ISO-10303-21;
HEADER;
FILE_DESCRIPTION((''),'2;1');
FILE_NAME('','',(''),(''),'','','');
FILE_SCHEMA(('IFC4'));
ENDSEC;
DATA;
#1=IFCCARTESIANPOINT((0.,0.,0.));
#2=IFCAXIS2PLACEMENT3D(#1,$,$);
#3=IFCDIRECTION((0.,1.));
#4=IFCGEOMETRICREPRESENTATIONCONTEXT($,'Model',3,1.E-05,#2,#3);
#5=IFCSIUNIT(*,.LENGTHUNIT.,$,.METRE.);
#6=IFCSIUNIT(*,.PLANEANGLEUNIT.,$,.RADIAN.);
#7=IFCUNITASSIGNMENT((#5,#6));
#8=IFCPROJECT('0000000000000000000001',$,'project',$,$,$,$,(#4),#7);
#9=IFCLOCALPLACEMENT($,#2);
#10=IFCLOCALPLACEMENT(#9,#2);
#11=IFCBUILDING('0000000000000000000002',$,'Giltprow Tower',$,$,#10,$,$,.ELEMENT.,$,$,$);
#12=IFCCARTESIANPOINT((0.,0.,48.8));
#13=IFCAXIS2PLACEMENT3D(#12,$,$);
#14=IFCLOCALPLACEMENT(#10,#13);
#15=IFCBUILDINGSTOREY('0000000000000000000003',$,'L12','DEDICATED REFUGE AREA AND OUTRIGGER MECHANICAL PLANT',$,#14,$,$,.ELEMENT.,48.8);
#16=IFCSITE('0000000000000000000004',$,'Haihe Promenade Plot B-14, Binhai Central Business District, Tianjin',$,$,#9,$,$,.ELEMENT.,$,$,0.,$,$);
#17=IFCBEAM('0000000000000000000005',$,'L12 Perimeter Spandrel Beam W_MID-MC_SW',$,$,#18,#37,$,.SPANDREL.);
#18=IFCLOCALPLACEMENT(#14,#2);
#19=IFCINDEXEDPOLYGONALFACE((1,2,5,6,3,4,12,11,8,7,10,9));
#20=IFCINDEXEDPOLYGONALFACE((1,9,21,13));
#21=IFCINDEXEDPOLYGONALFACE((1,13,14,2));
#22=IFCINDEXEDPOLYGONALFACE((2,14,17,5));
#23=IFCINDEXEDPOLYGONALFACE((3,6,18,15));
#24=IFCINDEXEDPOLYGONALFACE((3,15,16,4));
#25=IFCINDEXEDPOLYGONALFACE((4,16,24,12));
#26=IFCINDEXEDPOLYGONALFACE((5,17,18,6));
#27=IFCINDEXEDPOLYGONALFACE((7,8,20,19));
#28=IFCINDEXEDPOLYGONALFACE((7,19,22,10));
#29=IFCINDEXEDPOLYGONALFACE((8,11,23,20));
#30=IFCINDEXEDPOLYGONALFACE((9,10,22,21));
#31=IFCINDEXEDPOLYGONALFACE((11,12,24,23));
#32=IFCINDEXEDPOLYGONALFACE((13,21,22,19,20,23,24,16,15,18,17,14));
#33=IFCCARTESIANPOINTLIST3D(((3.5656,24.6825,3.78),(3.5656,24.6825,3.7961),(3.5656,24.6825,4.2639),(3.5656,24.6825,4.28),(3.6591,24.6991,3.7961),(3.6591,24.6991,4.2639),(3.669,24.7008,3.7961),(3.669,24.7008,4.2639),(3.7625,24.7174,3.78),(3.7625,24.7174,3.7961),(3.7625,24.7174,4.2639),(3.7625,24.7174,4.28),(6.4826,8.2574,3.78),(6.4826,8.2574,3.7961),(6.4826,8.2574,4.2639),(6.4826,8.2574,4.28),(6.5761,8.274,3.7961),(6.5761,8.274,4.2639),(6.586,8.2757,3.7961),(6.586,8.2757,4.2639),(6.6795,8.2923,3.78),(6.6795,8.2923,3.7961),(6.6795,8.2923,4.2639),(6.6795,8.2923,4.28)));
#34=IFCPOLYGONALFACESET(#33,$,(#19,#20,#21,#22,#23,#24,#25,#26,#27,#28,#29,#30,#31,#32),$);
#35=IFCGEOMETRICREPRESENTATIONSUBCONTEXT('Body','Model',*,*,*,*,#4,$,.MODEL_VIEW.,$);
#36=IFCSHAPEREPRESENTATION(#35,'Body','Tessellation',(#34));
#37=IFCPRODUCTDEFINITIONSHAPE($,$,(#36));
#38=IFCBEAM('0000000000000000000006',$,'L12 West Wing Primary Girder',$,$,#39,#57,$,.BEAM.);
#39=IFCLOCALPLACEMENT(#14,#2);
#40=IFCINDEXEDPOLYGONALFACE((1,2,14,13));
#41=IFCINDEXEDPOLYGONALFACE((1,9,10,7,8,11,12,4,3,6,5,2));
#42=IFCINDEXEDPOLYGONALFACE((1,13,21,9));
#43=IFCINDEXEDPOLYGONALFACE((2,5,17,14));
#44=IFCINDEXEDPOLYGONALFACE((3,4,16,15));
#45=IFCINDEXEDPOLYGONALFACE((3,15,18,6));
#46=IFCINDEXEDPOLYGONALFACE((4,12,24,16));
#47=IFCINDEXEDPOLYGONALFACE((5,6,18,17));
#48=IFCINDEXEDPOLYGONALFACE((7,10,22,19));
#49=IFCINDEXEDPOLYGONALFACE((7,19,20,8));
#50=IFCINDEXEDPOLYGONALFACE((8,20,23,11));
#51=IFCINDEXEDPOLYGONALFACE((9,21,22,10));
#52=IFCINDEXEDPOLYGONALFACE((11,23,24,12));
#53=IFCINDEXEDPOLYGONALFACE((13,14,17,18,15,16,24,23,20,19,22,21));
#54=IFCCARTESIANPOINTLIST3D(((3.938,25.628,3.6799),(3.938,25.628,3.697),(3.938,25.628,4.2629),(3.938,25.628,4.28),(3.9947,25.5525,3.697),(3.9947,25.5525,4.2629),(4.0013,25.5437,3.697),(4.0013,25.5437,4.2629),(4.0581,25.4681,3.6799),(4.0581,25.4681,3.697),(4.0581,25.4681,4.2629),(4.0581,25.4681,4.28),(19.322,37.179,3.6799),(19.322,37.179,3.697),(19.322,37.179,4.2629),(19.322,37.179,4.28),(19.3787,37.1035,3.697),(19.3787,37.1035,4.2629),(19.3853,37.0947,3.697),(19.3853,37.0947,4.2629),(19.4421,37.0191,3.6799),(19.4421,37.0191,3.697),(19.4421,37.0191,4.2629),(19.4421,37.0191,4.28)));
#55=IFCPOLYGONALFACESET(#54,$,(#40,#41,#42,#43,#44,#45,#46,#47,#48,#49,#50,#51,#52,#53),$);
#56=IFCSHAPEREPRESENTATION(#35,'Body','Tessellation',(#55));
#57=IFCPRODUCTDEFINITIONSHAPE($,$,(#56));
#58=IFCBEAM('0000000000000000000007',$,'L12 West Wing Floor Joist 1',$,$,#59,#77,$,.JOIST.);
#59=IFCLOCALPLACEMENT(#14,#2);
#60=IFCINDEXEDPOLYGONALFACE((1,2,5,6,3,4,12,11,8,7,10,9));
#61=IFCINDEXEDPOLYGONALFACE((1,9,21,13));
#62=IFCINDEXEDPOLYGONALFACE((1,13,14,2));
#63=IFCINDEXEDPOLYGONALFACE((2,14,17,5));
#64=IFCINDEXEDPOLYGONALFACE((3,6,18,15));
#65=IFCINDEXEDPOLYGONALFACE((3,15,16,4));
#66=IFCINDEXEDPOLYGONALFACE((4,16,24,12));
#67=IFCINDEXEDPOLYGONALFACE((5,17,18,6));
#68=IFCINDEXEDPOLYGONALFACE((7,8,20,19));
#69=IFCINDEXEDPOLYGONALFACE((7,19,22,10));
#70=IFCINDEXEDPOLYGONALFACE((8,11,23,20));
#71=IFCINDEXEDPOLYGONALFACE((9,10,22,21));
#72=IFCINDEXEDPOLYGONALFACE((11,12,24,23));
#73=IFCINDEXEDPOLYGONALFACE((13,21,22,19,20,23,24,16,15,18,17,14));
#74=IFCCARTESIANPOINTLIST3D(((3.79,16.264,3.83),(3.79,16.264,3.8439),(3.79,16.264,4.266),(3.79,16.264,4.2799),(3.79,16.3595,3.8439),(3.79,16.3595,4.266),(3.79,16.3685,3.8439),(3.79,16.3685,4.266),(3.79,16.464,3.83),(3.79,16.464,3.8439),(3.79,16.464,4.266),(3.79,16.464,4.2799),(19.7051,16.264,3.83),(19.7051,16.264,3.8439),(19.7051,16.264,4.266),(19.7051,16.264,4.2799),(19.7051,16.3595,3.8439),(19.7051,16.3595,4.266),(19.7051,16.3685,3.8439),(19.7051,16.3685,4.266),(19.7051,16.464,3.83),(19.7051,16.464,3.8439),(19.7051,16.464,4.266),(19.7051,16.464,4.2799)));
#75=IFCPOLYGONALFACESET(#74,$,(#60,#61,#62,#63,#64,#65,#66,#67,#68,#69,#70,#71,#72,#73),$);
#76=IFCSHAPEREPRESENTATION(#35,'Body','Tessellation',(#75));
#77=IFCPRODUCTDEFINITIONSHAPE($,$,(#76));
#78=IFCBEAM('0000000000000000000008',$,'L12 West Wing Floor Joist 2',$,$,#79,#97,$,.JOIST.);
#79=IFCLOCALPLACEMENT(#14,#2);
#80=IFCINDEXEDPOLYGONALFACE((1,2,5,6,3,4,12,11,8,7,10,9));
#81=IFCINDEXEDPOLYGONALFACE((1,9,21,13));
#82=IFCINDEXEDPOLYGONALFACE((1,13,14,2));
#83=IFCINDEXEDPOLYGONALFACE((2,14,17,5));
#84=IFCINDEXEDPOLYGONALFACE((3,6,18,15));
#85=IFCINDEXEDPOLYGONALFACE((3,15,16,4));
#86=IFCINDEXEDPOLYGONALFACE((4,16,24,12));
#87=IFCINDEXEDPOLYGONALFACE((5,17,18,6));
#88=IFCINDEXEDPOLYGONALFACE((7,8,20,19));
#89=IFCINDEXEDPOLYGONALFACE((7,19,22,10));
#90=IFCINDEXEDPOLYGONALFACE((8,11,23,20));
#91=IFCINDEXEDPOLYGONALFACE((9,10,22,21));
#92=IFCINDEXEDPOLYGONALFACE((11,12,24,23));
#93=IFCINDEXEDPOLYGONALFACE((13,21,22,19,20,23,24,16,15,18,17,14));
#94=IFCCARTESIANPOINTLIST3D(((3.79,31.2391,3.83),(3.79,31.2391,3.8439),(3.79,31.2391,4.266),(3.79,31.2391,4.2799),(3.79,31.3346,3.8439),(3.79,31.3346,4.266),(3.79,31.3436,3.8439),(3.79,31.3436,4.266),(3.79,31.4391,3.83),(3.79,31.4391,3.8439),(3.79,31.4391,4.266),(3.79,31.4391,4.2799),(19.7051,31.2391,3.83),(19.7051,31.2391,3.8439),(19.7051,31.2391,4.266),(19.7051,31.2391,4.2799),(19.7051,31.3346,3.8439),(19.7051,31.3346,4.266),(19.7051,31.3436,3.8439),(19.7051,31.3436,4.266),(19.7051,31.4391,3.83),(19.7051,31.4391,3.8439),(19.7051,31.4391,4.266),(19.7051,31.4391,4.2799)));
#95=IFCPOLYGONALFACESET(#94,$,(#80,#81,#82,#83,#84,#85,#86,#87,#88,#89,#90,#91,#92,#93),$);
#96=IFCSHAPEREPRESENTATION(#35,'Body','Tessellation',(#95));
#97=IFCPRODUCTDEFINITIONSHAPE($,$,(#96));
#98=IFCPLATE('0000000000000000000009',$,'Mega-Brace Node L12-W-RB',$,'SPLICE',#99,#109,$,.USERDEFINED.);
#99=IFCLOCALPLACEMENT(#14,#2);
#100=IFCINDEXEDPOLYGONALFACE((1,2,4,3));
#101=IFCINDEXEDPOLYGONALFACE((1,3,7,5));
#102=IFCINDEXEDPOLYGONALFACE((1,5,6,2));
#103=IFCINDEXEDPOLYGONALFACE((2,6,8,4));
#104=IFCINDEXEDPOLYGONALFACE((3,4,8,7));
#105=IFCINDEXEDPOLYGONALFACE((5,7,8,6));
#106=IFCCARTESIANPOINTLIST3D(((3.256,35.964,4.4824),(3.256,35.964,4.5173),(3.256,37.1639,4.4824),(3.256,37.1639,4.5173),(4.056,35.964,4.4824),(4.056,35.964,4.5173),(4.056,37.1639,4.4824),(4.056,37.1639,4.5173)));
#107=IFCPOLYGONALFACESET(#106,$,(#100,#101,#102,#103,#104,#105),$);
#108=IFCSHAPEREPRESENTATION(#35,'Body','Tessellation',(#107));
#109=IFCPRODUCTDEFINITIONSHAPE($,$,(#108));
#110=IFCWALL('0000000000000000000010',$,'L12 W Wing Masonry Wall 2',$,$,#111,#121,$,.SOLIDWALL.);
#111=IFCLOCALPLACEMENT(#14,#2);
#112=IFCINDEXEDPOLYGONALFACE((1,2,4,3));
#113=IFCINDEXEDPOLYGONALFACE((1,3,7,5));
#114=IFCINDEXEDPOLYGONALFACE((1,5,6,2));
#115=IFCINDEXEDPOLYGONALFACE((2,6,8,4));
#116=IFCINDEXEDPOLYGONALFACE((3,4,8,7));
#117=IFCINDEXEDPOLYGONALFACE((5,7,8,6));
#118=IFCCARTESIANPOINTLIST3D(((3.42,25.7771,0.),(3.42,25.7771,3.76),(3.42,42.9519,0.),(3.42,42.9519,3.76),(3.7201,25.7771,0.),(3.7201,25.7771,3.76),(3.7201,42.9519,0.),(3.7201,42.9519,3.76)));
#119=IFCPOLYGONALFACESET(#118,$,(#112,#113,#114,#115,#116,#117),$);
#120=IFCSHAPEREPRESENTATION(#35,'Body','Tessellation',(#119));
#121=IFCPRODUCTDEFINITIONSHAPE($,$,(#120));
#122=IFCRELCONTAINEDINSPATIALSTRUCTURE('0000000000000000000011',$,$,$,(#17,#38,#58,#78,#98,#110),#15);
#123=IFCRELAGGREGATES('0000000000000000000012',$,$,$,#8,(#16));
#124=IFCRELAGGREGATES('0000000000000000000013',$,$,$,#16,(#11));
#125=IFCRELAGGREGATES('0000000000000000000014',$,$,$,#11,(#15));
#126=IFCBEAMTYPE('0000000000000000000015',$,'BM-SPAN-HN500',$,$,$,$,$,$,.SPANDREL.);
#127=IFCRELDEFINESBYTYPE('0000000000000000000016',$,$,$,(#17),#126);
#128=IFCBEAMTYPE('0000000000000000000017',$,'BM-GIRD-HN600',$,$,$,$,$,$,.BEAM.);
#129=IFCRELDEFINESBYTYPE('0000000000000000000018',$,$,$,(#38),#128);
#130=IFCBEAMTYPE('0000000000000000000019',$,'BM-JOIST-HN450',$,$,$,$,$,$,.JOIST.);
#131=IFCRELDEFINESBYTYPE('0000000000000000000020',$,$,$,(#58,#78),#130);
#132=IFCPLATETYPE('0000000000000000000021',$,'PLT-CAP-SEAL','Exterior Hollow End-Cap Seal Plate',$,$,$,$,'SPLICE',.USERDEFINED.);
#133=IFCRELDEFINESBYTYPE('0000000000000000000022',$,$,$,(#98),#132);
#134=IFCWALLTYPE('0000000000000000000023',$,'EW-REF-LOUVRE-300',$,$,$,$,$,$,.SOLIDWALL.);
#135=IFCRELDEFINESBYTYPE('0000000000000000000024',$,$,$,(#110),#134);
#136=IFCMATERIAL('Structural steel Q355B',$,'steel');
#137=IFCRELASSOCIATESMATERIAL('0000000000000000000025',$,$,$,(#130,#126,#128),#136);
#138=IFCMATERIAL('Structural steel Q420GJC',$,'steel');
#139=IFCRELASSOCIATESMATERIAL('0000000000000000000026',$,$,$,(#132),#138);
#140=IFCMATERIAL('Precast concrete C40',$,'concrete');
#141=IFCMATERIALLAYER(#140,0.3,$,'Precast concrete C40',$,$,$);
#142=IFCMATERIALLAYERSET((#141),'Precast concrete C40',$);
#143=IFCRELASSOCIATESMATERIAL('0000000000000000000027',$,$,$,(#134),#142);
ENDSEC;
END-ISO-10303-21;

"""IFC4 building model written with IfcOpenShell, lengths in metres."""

from ifc_helpers import new_model, si_unit, direction, frame, frame_2d, origin, origin_2d, place, context, subcontext, project, spatial, rectangle, i_section, extrude, source, transform, mapped, material, layer, layer_set, material_profile, profile_set, type_object, element, save


model = new_model("IFC4")

# Units and contexts
model_context = context("Model", 3, precision=1e-05, world=origin(), true_north=direction((0.0, 1.0)))
body_context = subcontext(model_context, "Body", "Model", "MODEL_VIEW")
ifc_project = project(units=[si_unit("LENGTHUNIT", "METRE"), si_unit("PLANEANGLEUNIT", "RADIAN")], contexts=[model_context])

# Site, building, storey
site_placement = place(None, origin())
site = spatial("IfcSite", under=ifc_project, at=site_placement, Name="Haihe Promenade Plot B-14, Binhai Central Business District, Tianjin", CompositionType="ELEMENT", RefElevation=0.0)
building_placement = place(site_placement, origin())
building = spatial("IfcBuilding", under=site, at=building_placement, Name="Giltprow Tower", CompositionType="ELEMENT")
storey_placement = place(building_placement, frame((0.0, 0.0, 48.8)))
storey = spatial("IfcBuildingStorey", under=building, at=storey_placement, Name="L12", Description="DEDICATED REFUGE AREA AND OUTRIGGER MECHANICAL PLANT", CompositionType="ELEMENT", Elevation=48.8)

# Shared definitions
ifc_material_1 = material(Name="Structural steel Q420GJC", Category="steel")

# Beams
ifc_material_2 = material(Name="Structural steel Q355B", Category="steel")
ifc_material_profile_1 = material_profile(ifc_material_2, i_section(OverallWidth=0.2, OverallDepth=0.45, WebThickness=0.009, FlangeThickness=0.0139, at=origin_2d()), Name="HN 450x200x9x14")
ifc_profile_set_1 = profile_set([ifc_material_profile_1], Name="Structural steel Q355B")
beam_type_1 = type_object("IfcBeamType", Name="BM-JOIST-HN450", PredefinedType="JOIST", material=ifc_profile_set_1)
ifc_material_profile_2 = material_profile(ifc_material_2, i_section(OverallWidth=0.2, OverallDepth=0.5, WebThickness=0.01, FlangeThickness=0.0161, at=origin_2d()), Name="HN 500x200x10x16")
ifc_profile_set_2 = profile_set([ifc_material_profile_2], Name="Structural steel Q355B")
beam_type_2 = type_object("IfcBeamType", Name="BM-SPAN-HN500", PredefinedType="SPANDREL", material=ifc_profile_set_2)
shared_shape_1 = source(origin(), body_context, "Body", "SweptSolid", [
    extrude(i_section(OverallWidth=0.2, OverallDepth=0.5, WebThickness=0.01, FlangeThickness=0.0161, at=origin_2d()), origin(), (0.0, 0.0, 1.0), 16.6821),
])
beam_1_placement = place(storey_placement, frame((3.6641, 24.7, 4.03), z_axis=(0.174858, -0.984594, 0.0), x_axis=(0.984594, 0.174858, 0.0)))
element("IfcBeam", 1, at=beam_1_placement, inside=storey, type_object=beam_type_2, Name="L12 Perimeter Spandrel Beam W_MID-MC_SW", PredefinedType="SPANDREL", context=body_context, shape_type="MappedRepresentation", body=[
    mapped(shared_shape_1, transform((0.0, 0.0, 0.0), x_axis=(1.0, 0.0, 0.0), y_axis=(0.0, 1.0, 0.0), z_axis=(0.0, 0.0, 1.0), scale=1.0)),
])
ifc_material_profile_3 = material_profile(ifc_material_2, i_section(OverallWidth=0.2, OverallDepth=0.6001, WebThickness=0.011, FlangeThickness=0.0171, at=origin_2d()), Name="HN 600x200x11x17")
ifc_profile_set_3 = profile_set([ifc_material_profile_3], Name="Structural steel Q355B")
beam_type_3 = type_object("IfcBeamType", Name="BM-GIRD-HN600", PredefinedType="BEAM", material=ifc_profile_set_3)
shared_shape_2 = source(origin(), body_context, "Body", "SweptSolid", [
    extrude(i_section(OverallWidth=0.2, OverallDepth=0.6001, WebThickness=0.011, FlangeThickness=0.0171, at=origin_2d()), origin(), (0.0, 0.0, 1.0), 19.2378),
])
beam_2_placement = place(storey_placement, frame((3.998, 25.5481, 3.98), z_axis=(0.799676, 0.600432, 0.0), x_axis=(-0.600432, 0.799676, 0.0)))
element("IfcBeam", 2, at=beam_2_placement, inside=storey, type_object=beam_type_3, Name="L12 West Wing Primary Girder", PredefinedType="BEAM", context=body_context, shape_type="MappedRepresentation", body=[
    mapped(shared_shape_2, transform((0.0, 0.0, 0.0), x_axis=(1.0, 0.0, 0.0), y_axis=(0.0, 1.0, 0.0), z_axis=(0.0, 0.0, 1.0), scale=1.0)),
])
shared_shape_3 = source(origin(), body_context, "Body", "SweptSolid", [
    extrude(i_section(OverallWidth=0.2, OverallDepth=0.45, WebThickness=0.009, FlangeThickness=0.0139, at=origin_2d()), origin(), (0.0, 0.0, 1.0), 15.915),
])
for number, where, z_axis, x_axis, name in (
    (3, (3.79, 16.364, 4.0549), (1.0, 0.0, 0.0), (0.0, 1.0, 0.0), "L12 West Wing Floor Joist 1"),
    (4, (3.79, 31.3391, 4.0549), (1.0, 0.0, 0.0), (0.0, 1.0, 0.0), "L12 West Wing Floor Joist 2"),
):
    element("IfcBeam", number, at=place(storey_placement, frame(where, z_axis=z_axis, x_axis=x_axis)), inside=storey, type_object=beam_type_1, Name=name, PredefinedType="JOIST", context=body_context, shape_type="MappedRepresentation", body=[
        mapped(shared_shape_3, transform((0.0, 0.0, 0.0), x_axis=(1.0, 0.0, 0.0), y_axis=(0.0, 1.0, 0.0), z_axis=(0.0, 0.0, 1.0), scale=1.0)),
    ])

# Plate
plate_type = type_object("IfcPlateType", Name="PLT-CAP-SEAL", Description="Exterior Hollow End-Cap Seal Plate", ElementType="SPLICE", PredefinedType="USERDEFINED", material=ifc_material_1)
shared_shape_4 = source(origin(), body_context, "Body", "SweptSolid", [
    extrude(rectangle(XDim=1.2, YDim=0.8, at=origin_2d()), origin(), (0.0, 0.0, 1.0), 0.0349),
])
plate_placement = place(storey_placement, frame((3.656, 36.564, 4.4824), z_axis=(0.0, 0.0, 1.0), x_axis=(0.0, 1.0, 0.0)))
element("IfcPlate", 5, at=plate_placement, inside=storey, type_object=plate_type, Name="Mega-Brace Node L12-W-RB", ObjectType="SPLICE", PredefinedType="USERDEFINED", context=body_context, shape_type="MappedRepresentation", body=[
    mapped(shared_shape_4, transform((0.0, 0.0, 0.0), x_axis=(1.0, 0.0, 0.0), y_axis=(0.0, 1.0, 0.0), z_axis=(0.0, 0.0, 1.0), scale=1.0)),
])

# Wall
ifc_material_3 = material(Name="Precast concrete C40", Category="concrete")
ifc_layer_1 = layer(ifc_material_3, 0.3, Name="Precast concrete C40")
ifc_layer_set_1 = layer_set([ifc_layer_1], Name="Precast concrete C40")
wall_type_1 = type_object("IfcWallType", Name="EW-REF-LOUVRE-300", PredefinedType="SOLIDWALL", material=ifc_layer_set_1)
wall_1_placement = place(storey_placement, frame((3.5701, 25.7771, 0.0), z_axis=(0.0, 0.0, 1.0), x_axis=(0.0, 1.0, 0.0)))
element("IfcWall", 6, at=wall_1_placement, inside=storey, type_object=wall_type_1, Name="L12 W Wing Masonry Wall 2", PredefinedType="SOLIDWALL", context=body_context, shape_type="SweptSolid", body=[
    extrude(rectangle(XDim=17.1748, YDim=0.3, at=frame_2d((8.5874, 0.0))), origin(), (0.0, 0.0, 1.0), 3.76),
])

save(model, "model.ifc")
